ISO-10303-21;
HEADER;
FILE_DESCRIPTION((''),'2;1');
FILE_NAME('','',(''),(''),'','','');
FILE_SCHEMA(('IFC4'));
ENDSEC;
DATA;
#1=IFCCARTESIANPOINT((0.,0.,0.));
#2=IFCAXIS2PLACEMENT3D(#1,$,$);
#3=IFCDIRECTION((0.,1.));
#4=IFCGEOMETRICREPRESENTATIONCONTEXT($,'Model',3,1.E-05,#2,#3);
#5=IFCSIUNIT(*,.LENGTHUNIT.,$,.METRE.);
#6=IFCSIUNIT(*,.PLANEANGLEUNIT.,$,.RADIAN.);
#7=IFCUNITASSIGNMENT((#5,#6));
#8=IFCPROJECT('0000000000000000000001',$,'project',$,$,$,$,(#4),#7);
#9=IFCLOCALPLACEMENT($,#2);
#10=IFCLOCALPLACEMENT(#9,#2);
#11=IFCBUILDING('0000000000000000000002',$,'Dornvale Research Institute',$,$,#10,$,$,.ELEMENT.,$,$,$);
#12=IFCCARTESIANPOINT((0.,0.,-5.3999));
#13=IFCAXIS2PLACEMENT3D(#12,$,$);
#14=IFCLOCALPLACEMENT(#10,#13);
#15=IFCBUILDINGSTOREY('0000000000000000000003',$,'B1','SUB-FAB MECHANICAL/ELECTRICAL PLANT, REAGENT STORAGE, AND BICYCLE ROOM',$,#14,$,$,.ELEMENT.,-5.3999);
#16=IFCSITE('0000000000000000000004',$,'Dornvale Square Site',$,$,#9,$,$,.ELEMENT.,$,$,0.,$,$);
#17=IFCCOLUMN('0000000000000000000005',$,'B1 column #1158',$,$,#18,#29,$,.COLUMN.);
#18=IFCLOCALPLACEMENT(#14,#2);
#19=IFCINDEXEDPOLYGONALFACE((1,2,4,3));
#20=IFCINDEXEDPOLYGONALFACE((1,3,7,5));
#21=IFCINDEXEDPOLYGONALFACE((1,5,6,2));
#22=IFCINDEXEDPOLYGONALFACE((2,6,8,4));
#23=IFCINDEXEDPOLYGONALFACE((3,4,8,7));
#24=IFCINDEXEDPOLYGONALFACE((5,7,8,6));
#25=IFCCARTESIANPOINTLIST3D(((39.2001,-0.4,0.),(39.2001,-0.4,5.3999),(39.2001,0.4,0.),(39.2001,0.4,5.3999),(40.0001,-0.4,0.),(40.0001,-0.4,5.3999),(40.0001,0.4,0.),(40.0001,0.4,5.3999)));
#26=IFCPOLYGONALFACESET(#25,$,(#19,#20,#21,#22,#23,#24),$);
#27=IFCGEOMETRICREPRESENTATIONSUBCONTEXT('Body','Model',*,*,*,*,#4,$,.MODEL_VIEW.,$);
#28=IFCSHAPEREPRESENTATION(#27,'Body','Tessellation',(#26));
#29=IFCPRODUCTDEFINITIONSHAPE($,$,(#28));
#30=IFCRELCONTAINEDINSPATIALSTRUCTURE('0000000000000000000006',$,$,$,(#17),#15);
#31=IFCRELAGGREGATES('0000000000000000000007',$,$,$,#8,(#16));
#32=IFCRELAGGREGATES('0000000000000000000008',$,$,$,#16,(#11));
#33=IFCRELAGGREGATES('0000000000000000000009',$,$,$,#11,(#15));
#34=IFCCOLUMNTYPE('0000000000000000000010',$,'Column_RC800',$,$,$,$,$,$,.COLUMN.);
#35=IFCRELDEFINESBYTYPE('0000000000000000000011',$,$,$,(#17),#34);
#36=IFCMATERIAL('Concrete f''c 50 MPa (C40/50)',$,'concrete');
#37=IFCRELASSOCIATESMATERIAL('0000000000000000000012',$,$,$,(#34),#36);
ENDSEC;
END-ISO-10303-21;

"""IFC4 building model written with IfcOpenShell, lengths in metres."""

from ifc_helpers import new_model, si_unit, direction, frame, origin, origin_2d, place, context, subcontext, project, spatial, rectangle, extrude, material, material_profile, profile_set, type_object, element, save


model = new_model("IFC4")

# Units and contexts
model_context = context("Model", 3, precision=1e-05, world=origin(), true_north=direction((0.0, 1.0)))
body_context = subcontext(model_context, "Body", "Model", "MODEL_VIEW")
ifc_project = project(units=[si_unit("LENGTHUNIT", "METRE"), si_unit("PLANEANGLEUNIT", "RADIAN")], contexts=[model_context])

# Site, building, storey
site_placement = place(None, origin())
site = spatial("IfcSite", under=ifc_project, at=site_placement, Name="Dornvale Square Site", CompositionType="ELEMENT", RefElevation=0.0)
building_placement = place(site_placement, origin())
building = spatial("IfcBuilding", under=site, at=building_placement, Name="Dornvale Research Institute", CompositionType="ELEMENT")
storey_placement = place(building_placement, frame((0.0, 0.0, -5.3999)))
storey = spatial("IfcBuildingStorey", under=building, at=storey_placement, Name="B1", Description="SUB-FAB MECHANICAL/ELECTRICAL PLANT, REAGENT STORAGE, AND BICYCLE ROOM", CompositionType="ELEMENT", Elevation=-5.3999)

# Column
ifc_material_1 = material(Name="Concrete f'c 50 MPa (C40/50)", Category="concrete")
ifc_material_profile_1 = material_profile(ifc_material_1, rectangle(XDim=0.8, YDim=0.8, at=origin_2d()), Name="RC 800x800")
ifc_profile_set_1 = profile_set([ifc_material_profile_1], Name="Concrete f'c 50 MPa (C40/50)")
column_type = type_object("IfcColumnType", Name="Column_RC800", PredefinedType="COLUMN", material=ifc_profile_set_1)
for number, where, z_axis, x_axis, name in (
    (1, (39.6001, 0.0, 0.0), (0.0, 0.0, 1.0), (1.0, 0.0, 0.0), "B1 column #1158"),
):
    element("IfcColumn", number, at=place(storey_placement, frame(where, z_axis=z_axis, x_axis=x_axis)), inside=storey, type_object=column_type, Name=name, PredefinedType="COLUMN", context=body_context, shape_type="SweptSolid", body=[
        extrude(rectangle(XDim=0.8, YDim=0.8, at=origin_2d()), origin(), (0.0, 0.0, 1.0), 5.3999),
    ])

save(model, "model.ifc")
